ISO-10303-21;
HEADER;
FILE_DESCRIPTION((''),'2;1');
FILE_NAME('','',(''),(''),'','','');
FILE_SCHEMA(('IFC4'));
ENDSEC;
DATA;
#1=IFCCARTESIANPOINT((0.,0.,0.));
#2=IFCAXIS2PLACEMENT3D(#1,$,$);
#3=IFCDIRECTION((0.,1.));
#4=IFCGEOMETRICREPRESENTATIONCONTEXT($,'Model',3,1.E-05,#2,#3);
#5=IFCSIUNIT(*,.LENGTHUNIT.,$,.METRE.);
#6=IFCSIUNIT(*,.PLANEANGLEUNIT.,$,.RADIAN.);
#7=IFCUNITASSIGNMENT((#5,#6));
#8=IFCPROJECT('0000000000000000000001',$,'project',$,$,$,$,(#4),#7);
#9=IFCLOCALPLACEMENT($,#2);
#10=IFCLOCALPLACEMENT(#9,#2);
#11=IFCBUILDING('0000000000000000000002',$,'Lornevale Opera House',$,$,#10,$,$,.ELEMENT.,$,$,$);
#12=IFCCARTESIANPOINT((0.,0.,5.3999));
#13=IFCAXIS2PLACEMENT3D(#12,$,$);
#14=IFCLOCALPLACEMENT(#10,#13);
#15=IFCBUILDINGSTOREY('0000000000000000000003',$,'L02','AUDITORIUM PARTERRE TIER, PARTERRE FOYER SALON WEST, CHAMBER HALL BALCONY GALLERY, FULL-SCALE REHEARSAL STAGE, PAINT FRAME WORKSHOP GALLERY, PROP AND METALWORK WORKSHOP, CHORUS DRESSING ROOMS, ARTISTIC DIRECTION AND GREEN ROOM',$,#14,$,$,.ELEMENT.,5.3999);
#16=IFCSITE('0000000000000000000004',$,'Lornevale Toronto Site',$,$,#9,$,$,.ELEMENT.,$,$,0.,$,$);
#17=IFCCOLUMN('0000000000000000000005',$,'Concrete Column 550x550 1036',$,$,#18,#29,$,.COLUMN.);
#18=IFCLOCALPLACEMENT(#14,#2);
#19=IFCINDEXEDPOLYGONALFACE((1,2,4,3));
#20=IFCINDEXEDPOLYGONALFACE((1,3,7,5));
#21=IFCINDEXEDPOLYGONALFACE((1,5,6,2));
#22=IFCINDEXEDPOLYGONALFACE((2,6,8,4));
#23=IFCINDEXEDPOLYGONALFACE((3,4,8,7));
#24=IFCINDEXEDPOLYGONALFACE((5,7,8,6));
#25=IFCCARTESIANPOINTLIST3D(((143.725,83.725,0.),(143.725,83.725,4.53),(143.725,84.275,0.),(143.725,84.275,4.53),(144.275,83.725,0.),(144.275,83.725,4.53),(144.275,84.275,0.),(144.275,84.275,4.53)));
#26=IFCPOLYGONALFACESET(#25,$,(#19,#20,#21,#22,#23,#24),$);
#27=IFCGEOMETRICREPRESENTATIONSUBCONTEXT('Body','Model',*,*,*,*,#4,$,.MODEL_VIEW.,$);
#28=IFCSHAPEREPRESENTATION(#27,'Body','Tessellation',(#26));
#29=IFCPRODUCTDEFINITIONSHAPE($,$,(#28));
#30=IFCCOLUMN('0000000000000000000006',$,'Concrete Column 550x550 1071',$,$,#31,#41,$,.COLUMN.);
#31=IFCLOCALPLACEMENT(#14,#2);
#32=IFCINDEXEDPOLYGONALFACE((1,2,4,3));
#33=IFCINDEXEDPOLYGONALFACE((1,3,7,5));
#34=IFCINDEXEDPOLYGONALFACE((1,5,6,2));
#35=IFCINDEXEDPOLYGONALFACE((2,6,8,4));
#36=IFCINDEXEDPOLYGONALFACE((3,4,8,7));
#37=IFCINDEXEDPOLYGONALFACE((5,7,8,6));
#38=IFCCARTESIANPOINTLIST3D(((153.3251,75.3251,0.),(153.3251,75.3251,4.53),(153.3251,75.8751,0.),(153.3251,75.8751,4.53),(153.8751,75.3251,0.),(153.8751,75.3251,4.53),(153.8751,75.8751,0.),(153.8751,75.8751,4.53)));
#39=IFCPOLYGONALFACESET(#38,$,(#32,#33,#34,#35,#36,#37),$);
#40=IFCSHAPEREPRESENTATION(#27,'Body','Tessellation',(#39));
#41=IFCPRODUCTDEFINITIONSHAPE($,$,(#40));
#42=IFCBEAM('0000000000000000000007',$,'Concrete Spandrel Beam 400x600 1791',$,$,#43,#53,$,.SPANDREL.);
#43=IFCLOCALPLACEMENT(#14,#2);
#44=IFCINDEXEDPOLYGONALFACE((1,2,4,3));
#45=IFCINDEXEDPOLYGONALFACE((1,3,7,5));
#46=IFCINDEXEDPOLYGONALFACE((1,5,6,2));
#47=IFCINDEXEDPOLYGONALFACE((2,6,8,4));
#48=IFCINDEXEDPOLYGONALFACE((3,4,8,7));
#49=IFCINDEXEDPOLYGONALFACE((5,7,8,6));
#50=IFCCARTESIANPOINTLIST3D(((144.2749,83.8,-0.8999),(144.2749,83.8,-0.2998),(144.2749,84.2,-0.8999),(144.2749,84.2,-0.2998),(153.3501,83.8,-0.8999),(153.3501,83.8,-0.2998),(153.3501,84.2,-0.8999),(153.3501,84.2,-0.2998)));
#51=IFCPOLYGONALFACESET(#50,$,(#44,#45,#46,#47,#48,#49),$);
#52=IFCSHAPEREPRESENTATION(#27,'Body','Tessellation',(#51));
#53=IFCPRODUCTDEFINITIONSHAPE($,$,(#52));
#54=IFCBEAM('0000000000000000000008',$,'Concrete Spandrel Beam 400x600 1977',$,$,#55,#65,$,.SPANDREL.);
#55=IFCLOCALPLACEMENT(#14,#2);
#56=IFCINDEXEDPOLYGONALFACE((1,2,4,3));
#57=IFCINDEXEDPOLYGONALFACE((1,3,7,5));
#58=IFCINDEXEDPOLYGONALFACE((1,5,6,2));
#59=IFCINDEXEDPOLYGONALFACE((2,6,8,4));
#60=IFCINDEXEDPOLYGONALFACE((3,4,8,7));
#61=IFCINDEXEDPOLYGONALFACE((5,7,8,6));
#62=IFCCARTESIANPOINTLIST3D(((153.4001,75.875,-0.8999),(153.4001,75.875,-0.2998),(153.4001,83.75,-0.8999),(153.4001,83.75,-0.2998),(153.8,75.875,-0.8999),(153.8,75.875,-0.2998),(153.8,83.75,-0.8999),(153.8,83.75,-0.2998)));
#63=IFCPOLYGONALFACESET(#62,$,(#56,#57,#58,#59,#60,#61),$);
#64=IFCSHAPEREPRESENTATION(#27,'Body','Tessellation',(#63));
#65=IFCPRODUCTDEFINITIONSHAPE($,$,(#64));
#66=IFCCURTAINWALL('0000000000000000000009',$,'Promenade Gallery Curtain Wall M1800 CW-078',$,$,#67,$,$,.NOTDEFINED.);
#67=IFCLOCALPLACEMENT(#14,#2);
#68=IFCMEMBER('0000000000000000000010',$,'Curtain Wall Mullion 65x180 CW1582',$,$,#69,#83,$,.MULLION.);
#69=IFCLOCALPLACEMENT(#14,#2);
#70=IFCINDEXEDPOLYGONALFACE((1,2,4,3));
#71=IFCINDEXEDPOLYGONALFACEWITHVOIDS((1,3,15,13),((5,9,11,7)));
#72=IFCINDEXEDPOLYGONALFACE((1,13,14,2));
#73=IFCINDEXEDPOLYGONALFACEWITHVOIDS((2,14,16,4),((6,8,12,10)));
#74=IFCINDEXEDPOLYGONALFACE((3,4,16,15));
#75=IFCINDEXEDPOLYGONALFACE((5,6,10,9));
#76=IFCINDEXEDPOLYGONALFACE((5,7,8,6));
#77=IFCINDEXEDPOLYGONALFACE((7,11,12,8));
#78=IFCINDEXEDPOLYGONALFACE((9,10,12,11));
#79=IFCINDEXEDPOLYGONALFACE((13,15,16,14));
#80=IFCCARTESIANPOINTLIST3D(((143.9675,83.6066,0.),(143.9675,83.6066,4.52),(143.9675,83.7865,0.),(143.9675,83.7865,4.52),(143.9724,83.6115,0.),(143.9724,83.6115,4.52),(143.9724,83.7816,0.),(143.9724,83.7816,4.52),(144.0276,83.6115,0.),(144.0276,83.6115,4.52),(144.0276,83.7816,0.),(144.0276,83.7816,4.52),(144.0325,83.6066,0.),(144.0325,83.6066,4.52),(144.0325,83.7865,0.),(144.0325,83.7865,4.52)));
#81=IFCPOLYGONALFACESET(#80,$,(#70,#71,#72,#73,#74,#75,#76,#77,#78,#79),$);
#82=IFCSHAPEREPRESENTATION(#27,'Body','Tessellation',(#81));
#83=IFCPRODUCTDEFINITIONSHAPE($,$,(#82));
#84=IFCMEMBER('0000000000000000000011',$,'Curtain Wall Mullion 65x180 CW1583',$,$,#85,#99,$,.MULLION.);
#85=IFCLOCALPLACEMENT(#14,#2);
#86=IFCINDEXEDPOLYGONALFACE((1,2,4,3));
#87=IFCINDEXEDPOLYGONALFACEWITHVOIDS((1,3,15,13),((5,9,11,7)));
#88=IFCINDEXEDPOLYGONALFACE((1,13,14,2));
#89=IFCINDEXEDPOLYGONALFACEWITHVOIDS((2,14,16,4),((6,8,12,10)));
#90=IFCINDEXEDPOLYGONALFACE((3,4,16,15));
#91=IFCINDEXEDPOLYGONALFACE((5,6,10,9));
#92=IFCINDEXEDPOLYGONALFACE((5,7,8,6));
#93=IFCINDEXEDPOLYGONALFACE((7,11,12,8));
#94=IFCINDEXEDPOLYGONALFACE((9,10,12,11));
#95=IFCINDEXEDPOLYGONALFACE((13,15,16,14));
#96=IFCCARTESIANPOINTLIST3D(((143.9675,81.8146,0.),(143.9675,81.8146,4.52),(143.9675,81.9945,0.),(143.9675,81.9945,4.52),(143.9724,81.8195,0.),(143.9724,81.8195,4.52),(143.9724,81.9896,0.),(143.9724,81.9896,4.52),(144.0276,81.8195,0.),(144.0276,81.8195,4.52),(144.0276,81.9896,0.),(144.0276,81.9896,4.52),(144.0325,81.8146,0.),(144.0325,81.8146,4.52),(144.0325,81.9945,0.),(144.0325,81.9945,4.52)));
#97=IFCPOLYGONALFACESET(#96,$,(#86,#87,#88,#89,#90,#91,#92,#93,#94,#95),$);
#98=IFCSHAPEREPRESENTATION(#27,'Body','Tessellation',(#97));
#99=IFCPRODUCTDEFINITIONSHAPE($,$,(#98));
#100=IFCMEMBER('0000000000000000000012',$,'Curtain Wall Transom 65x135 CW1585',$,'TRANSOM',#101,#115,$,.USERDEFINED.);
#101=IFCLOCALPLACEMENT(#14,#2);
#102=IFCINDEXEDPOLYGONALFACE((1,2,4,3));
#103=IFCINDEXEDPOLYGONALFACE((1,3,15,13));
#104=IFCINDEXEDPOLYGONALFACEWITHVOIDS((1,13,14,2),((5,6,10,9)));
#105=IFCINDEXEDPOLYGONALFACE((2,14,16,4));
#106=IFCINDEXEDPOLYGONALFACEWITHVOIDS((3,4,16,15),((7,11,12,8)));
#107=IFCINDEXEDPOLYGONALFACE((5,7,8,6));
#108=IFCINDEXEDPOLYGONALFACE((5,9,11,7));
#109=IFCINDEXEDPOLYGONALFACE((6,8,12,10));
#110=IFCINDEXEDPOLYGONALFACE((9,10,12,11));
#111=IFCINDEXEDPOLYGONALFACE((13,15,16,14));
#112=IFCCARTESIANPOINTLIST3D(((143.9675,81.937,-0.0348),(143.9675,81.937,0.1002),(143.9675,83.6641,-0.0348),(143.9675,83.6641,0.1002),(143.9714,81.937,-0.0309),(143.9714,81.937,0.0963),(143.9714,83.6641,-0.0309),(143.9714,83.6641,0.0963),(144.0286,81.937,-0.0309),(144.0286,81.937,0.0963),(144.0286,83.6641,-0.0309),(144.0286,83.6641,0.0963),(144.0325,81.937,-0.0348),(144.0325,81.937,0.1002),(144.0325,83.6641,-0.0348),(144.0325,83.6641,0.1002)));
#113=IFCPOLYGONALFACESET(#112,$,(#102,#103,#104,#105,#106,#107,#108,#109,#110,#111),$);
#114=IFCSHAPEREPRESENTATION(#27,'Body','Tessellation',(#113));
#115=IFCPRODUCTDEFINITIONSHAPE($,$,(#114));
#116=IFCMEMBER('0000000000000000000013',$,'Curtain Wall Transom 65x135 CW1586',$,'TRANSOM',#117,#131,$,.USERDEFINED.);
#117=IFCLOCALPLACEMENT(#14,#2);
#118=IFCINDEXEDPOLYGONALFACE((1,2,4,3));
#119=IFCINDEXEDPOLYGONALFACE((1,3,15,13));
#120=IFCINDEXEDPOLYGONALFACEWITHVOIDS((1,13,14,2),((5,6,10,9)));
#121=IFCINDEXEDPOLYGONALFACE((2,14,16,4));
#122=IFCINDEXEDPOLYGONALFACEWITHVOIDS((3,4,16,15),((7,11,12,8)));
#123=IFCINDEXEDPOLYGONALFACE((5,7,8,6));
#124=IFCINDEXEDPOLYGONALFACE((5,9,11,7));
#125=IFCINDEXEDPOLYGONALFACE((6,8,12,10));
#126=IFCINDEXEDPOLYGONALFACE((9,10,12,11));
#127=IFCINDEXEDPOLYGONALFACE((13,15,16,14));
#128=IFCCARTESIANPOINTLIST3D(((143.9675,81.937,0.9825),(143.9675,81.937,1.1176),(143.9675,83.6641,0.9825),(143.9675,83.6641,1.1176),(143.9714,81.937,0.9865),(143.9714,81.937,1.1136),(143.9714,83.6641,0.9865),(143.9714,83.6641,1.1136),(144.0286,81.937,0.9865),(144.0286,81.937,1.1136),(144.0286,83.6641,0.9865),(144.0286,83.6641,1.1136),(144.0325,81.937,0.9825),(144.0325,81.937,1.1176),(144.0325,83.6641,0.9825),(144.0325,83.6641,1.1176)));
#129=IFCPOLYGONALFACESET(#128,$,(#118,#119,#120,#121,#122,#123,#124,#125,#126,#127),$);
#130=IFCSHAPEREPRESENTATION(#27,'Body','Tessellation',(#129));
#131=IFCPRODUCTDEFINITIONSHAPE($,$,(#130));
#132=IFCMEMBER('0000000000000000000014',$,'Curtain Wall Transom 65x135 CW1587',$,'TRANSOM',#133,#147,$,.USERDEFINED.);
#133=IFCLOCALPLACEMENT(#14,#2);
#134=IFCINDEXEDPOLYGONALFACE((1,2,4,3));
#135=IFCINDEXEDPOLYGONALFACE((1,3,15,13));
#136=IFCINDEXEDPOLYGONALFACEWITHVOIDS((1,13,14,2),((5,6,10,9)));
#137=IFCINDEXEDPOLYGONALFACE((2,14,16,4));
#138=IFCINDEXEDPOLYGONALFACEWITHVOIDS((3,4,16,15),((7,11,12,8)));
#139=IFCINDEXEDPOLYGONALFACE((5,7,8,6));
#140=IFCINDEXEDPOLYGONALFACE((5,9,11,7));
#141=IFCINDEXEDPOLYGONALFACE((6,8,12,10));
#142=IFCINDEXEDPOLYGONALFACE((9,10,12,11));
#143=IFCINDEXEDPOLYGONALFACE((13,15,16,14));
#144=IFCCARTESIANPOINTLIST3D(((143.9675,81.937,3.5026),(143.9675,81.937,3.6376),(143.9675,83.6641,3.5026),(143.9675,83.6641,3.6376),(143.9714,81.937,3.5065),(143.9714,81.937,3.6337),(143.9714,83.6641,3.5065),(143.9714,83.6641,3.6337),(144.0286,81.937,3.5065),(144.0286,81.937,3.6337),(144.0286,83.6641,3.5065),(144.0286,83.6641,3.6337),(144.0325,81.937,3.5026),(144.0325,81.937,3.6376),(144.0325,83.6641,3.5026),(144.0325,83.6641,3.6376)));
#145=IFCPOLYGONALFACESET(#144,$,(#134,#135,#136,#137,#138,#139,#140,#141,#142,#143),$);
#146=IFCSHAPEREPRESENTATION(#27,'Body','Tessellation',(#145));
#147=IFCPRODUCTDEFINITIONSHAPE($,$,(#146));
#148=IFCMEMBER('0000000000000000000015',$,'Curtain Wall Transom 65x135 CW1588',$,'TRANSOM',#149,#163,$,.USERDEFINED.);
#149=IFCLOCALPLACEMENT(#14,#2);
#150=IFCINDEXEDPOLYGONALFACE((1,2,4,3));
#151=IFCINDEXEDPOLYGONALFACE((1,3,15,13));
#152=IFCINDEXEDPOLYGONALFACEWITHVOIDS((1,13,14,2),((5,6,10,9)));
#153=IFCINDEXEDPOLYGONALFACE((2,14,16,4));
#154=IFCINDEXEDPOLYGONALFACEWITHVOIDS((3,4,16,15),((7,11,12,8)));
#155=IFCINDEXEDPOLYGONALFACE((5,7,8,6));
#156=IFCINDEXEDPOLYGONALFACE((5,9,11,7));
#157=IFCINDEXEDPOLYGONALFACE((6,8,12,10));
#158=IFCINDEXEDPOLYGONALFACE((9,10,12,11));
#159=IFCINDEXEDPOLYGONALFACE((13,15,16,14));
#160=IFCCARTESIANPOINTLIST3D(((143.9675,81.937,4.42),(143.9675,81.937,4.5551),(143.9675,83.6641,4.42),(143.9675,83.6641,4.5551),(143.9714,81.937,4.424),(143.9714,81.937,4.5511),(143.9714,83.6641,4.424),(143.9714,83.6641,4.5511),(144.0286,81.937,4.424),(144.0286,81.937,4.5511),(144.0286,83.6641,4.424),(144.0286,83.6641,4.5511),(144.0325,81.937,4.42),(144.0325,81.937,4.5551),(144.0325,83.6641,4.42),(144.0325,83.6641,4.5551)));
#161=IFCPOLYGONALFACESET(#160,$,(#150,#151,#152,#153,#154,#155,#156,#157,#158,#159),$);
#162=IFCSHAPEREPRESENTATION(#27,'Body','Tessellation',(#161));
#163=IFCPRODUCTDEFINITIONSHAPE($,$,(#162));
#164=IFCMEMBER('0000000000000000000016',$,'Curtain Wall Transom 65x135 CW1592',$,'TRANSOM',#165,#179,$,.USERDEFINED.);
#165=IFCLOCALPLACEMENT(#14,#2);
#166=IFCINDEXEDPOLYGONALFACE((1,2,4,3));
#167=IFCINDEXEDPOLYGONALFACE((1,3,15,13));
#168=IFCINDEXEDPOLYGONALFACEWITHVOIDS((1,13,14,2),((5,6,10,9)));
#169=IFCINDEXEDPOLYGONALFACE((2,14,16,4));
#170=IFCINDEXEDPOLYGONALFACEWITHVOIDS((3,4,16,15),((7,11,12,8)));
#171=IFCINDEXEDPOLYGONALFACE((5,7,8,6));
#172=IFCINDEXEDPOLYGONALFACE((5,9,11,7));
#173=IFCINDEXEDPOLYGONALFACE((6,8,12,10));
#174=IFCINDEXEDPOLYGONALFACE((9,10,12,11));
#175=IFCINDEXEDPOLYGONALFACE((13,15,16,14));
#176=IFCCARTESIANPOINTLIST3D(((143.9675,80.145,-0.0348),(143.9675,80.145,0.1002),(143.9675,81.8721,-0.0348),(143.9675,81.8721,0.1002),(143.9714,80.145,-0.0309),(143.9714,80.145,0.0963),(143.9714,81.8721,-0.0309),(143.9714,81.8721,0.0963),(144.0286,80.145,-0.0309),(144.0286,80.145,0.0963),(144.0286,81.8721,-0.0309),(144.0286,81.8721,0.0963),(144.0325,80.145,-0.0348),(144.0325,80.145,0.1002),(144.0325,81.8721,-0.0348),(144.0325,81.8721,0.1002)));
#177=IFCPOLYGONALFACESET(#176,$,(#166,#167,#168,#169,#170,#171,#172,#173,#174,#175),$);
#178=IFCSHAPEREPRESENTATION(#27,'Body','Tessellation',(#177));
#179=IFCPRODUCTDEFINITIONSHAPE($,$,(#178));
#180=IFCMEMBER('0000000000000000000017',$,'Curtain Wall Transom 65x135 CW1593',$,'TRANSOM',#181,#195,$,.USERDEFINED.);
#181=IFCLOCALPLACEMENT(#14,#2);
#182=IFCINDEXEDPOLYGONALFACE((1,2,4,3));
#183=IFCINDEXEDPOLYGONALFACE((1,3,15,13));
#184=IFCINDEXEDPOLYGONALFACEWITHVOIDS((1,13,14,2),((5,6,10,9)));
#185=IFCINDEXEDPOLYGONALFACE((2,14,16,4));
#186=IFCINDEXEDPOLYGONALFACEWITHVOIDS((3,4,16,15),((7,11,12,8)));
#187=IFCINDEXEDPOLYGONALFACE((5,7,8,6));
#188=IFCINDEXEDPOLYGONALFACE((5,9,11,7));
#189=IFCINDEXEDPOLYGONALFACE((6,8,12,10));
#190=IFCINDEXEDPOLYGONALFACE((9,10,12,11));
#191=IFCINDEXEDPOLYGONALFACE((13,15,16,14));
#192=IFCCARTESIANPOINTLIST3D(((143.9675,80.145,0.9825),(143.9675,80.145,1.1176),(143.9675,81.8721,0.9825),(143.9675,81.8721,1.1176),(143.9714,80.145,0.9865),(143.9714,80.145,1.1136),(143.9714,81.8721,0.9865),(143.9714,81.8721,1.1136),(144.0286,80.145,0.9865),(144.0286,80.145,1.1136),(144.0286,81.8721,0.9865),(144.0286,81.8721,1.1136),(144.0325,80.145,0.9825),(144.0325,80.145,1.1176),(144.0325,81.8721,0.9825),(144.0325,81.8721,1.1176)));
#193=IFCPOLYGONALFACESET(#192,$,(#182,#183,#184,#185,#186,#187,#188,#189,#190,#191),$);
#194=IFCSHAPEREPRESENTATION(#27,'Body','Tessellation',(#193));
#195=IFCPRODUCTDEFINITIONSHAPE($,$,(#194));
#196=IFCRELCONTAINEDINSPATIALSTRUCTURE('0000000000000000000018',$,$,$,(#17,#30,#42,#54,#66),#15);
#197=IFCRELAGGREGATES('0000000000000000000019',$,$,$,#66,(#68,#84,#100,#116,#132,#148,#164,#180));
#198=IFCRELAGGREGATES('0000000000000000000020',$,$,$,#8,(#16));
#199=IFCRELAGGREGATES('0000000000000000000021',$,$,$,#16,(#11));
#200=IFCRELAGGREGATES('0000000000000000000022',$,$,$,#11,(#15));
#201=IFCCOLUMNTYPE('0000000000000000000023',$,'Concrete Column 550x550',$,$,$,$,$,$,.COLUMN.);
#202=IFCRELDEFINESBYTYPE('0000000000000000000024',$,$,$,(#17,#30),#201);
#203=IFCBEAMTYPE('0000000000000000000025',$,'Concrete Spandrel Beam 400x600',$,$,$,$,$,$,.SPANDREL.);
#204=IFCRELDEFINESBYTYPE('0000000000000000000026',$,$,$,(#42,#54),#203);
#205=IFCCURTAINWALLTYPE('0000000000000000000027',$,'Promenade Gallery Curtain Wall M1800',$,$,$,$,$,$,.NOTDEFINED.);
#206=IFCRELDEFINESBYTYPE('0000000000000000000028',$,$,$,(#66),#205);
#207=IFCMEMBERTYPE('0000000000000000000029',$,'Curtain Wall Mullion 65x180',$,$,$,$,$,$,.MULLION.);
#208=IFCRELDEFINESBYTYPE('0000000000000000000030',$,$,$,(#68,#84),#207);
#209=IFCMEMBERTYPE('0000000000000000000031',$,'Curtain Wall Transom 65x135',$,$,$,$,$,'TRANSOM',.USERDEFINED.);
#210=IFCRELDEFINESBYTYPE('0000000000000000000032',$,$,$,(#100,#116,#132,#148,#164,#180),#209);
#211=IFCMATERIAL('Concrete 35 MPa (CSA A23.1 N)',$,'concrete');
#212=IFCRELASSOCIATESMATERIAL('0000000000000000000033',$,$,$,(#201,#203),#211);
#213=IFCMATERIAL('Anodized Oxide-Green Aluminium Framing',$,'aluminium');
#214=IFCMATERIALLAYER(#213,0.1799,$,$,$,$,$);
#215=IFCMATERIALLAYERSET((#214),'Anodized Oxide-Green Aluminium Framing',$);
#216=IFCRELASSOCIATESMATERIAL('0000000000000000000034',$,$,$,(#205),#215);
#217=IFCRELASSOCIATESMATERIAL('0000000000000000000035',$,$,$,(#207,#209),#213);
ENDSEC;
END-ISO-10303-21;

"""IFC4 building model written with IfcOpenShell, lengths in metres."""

from ifc_helpers import new_model, si_unit, direction, frame, origin, origin_2d, place, context, subcontext, project, spatial, rectangle, hollow_rectangle, extrude, material, layer, layer_set, material_profile, profile_set, type_object, element, aggregate, save


model = new_model("IFC4")

# Units and contexts
model_context = context("Model", 3, precision=1e-05, world=origin(), true_north=direction((0.0, 1.0)))
body_context = subcontext(model_context, "Body", "Model", "MODEL_VIEW")
ifc_project = project(units=[si_unit("LENGTHUNIT", "METRE"), si_unit("PLANEANGLEUNIT", "RADIAN")], contexts=[model_context])

# Site, building, storey
site_placement = place(None, origin())
site = spatial("IfcSite", under=ifc_project, at=site_placement, Name="Lornevale Toronto Site", CompositionType="ELEMENT", RefElevation=0.0)
building_placement = place(site_placement, origin())
building = spatial("IfcBuilding", under=site, at=building_placement, Name="Lornevale Opera House", CompositionType="ELEMENT")
storey_placement = place(building_placement, frame((0.0, 0.0, 5.3999)))
storey = spatial("IfcBuildingStorey", under=building, at=storey_placement, Name="L02", Description="AUDITORIUM PARTERRE TIER, PARTERRE FOYER SALON WEST, CHAMBER HALL BALCONY GALLERY, FULL-SCALE REHEARSAL STAGE, PAINT FRAME WORKSHOP GALLERY, PROP AND METALWORK WORKSHOP, CHORUS DRESSING ROOMS, ARTISTIC DIRECTION AND GREEN ROOM", CompositionType="ELEMENT", Elevation=5.3999)

# Columns
ifc_material_1 = material(Name="Concrete 35 MPa (CSA A23.1 N)", Category="concrete")
ifc_material_profile_1 = material_profile(ifc_material_1, rectangle(XDim=0.55, YDim=0.55, at=origin_2d()), Name="RC550x550")
ifc_profile_set_1 = profile_set([ifc_material_profile_1], Name="Concrete 35 MPa (CSA A23.1 N)")
column_type = type_object("IfcColumnType", Name="Concrete Column 550x550", PredefinedType="COLUMN", material=ifc_profile_set_1)
for number, where, z_axis, x_axis, name in (
    (1, (144.0, 84.0, 0.0), (0.0, 0.0, 1.0), (1.0, 0.0, 0.0), "Concrete Column 550x550 1036"),
    (2, (153.6001, 75.6001, 0.0), (0.0, 0.0, 1.0), (1.0, 0.0, 0.0), "Concrete Column 550x550 1071"),
):
    element("IfcColumn", number, at=place(storey_placement, frame(where, z_axis=z_axis, x_axis=x_axis)), inside=storey, type_object=column_type, Name=name, PredefinedType="COLUMN", context=body_context, shape_type="SweptSolid", body=[
        extrude(rectangle(XDim=0.55, YDim=0.55, at=origin_2d()), origin(), (0.0, 0.0, 1.0), 4.53),
    ])

# Beams
ifc_material_profile_2 = material_profile(ifc_material_1, rectangle(XDim=0.3999, YDim=0.6001, at=origin_2d()), Name="RC400x600")
ifc_profile_set_2 = profile_set([ifc_material_profile_2], Name="Concrete 35 MPa (CSA A23.1 N)")
beam_type_1 = type_object("IfcBeamType", Name="Concrete Spandrel Beam 400x600", PredefinedType="SPANDREL", material=ifc_profile_set_2)
beam_1_placement = place(storey_placement, frame((144.2749, 84.0, -0.5999), z_axis=(1.0, 0.0, 0.0), x_axis=(0.0, 1.0, 0.0)))
element("IfcBeam", 3, at=beam_1_placement, inside=storey, type_object=beam_type_1, Name="Concrete Spandrel Beam 400x600 1791", PredefinedType="SPANDREL", context=body_context, shape_type="SweptSolid", body=[
    extrude(rectangle(XDim=0.3999, YDim=0.6001, at=origin_2d()), origin(), (0.0, 0.0, 1.0), 9.0752),
])
beam_2_placement = place(storey_placement, frame((153.6001, 75.875, -0.5999), z_axis=(0.0, 1.0, 0.0), x_axis=(-1.0, 0.0, 0.0)))
element("IfcBeam", 4, at=beam_2_placement, inside=storey, type_object=beam_type_1, Name="Concrete Spandrel Beam 400x600 1977", PredefinedType="SPANDREL", context=body_context, shape_type="SweptSolid", body=[
    extrude(rectangle(XDim=0.3999, YDim=0.6001, at=origin_2d()), origin(), (0.0, 0.0, 1.0), 7.875),
])

# Curtain wall, members
ifc_material_2 = material(Name="Anodized Oxide-Green Aluminium Framing", Category="aluminium")
ifc_layer_1 = layer(ifc_material_2, 0.1799)
ifc_layer_set_1 = layer_set([ifc_layer_1], Name="Anodized Oxide-Green Aluminium Framing")
curtain_wall_type = type_object("IfcCurtainWallType", Name="Promenade Gallery Curtain Wall M1800", PredefinedType="NOTDEFINED", material=ifc_layer_set_1)
curtain_wall_placement = place(storey_placement, origin())
curtain_wall = element("IfcCurtainWall", 5, at=curtain_wall_placement, inside=storey, type_object=curtain_wall_type, Name="Promenade Gallery Curtain Wall M1800 CW-078", PredefinedType="NOTDEFINED")
ifc_material_profile_3 = material_profile(ifc_material_2, hollow_rectangle(XDim=0.0649, YDim=0.1799, WallThickness=0.0049, at=origin_2d()), Name="ALU65x180x5")
ifc_profile_set_3 = profile_set([ifc_material_profile_3], Name="Anodized Oxide-Green Aluminium Framing")
member_type_1 = type_object("IfcMemberType", Name="Curtain Wall Mullion 65x180", PredefinedType="MULLION", material=ifc_profile_set_3)
member_1_placement = place(storey_placement, frame((144.0, 83.6965, 0.0), z_axis=(0.0, 0.0, 1.0), x_axis=(1.0, 0.0, 0.0)))
member_1 = element("IfcMember", 6, at=member_1_placement, type_object=member_type_1, Name="Curtain Wall Mullion 65x180 CW1582", PredefinedType="MULLION", context=body_context, shape_type="SweptSolid", body=[
    extrude(hollow_rectangle(XDim=0.0649, YDim=0.1799, WallThickness=0.0049, at=origin_2d()), origin(), (0.0, 0.0, 1.0), 4.52),
])
member_2_placement = place(storey_placement, frame((144.0, 81.9045, 0.0), z_axis=(0.0, 0.0, 1.0), x_axis=(1.0, 0.0, 0.0)))
member_2 = element("IfcMember", 7, at=member_2_placement, type_object=member_type_1, Name="Curtain Wall Mullion 65x180 CW1583", PredefinedType="MULLION", context=body_context, shape_type="SweptSolid", body=[
    extrude(hollow_rectangle(XDim=0.0649, YDim=0.1799, WallThickness=0.0049, at=origin_2d()), origin(), (0.0, 0.0, 1.0), 4.52),
])
ifc_material_profile_4 = material_profile(ifc_material_2, hollow_rectangle(XDim=0.0649, YDim=0.135, WallThickness=0.0039, at=origin_2d()), Name="ALU65x135x4")
ifc_profile_set_4 = profile_set([ifc_material_profile_4], Name="Anodized Oxide-Green Aluminium Framing")
member_type_2 = type_object("IfcMemberType", Name="Curtain Wall Transom 65x135", ElementType="TRANSOM", PredefinedType="USERDEFINED", material=ifc_profile_set_4)
member_3_placement = place(storey_placement, frame((144.0, 83.6641, 0.0327), z_axis=(0.0, -1.0, 0.0), x_axis=(1.0, 0.0, 0.0)))
member_3 = element("IfcMember", 8, at=member_3_placement, type_object=member_type_2, Name="Curtain Wall Transom 65x135 CW1585", ObjectType="TRANSOM", PredefinedType="USERDEFINED", context=body_context, shape_type="SweptSolid", body=[
    extrude(hollow_rectangle(XDim=0.0649, YDim=0.135, WallThickness=0.0039, at=origin_2d()), origin(), (0.0, 0.0, 1.0), 1.7271),
])
member_4_placement = place(storey_placement, frame((144.0, 83.6641, 1.05), z_axis=(0.0, -1.0, 0.0), x_axis=(1.0, 0.0, 0.0)))
member_4 = element("IfcMember", 9, at=member_4_placement, type_object=member_type_2, Name="Curtain Wall Transom 65x135 CW1586", ObjectType="TRANSOM", PredefinedType="USERDEFINED", context=body_context, shape_type="SweptSolid", body=[
    extrude(hollow_rectangle(XDim=0.0649, YDim=0.135, WallThickness=0.0039, at=origin_2d()), origin(), (0.0, 0.0, 1.0), 1.7271),
])
member_5_placement = place(storey_placement, frame((144.0, 83.6641, 3.5701), z_axis=(0.0, -1.0, 0.0), x_axis=(1.0, 0.0, 0.0)))
member_5 = element("IfcMember", 10, at=member_5_placement, type_object=member_type_2, Name="Curtain Wall Transom 65x135 CW1587", ObjectType="TRANSOM", PredefinedType="USERDEFINED", context=body_context, shape_type="SweptSolid", body=[
    extrude(hollow_rectangle(XDim=0.0649, YDim=0.135, WallThickness=0.0039, at=origin_2d()), origin(), (0.0, 0.0, 1.0), 1.7271),
])
member_6_placement = place(storey_placement, frame((144.0, 83.6641, 4.4875), z_axis=(0.0, -1.0, 0.0), x_axis=(1.0, 0.0, 0.0)))
member_6 = element("IfcMember", 11, at=member_6_placement, type_object=member_type_2, Name="Curtain Wall Transom 65x135 CW1588", ObjectType="TRANSOM", PredefinedType="USERDEFINED", context=body_context, shape_type="SweptSolid", body=[
    extrude(hollow_rectangle(XDim=0.0649, YDim=0.135, WallThickness=0.0039, at=origin_2d()), origin(), (0.0, 0.0, 1.0), 1.7271),
])
member_7_placement = place(storey_placement, frame((144.0, 81.8721, 0.0327), z_axis=(0.0, -1.0, 0.0), x_axis=(1.0, 0.0, 0.0)))
member_7 = element("IfcMember", 12, at=member_7_placement, type_object=member_type_2, Name="Curtain Wall Transom 65x135 CW1592", ObjectType="TRANSOM", PredefinedType="USERDEFINED", context=body_context, shape_type="SweptSolid", body=[
    extrude(hollow_rectangle(XDim=0.0649, YDim=0.135, WallThickness=0.0039, at=origin_2d()), origin(), (0.0, 0.0, 1.0), 1.7271),
])
member_8_placement = place(storey_placement, frame((144.0, 81.8721, 1.05), z_axis=(0.0, -1.0, 0.0), x_axis=(1.0, 0.0, 0.0)))
member_8 = element("IfcMember", 13, at=member_8_placement, type_object=member_type_2, Name="Curtain Wall Transom 65x135 CW1593", ObjectType="TRANSOM", PredefinedType="USERDEFINED", context=body_context, shape_type="SweptSolid", body=[
    extrude(hollow_rectangle(XDim=0.0649, YDim=0.135, WallThickness=0.0039, at=origin_2d()), origin(), (0.0, 0.0, 1.0), 1.7271),
])

aggregate(curtain_wall, [member_1, member_2, member_3, member_4, member_5, member_6, member_7, member_8])

save(model, "model.ifc")
